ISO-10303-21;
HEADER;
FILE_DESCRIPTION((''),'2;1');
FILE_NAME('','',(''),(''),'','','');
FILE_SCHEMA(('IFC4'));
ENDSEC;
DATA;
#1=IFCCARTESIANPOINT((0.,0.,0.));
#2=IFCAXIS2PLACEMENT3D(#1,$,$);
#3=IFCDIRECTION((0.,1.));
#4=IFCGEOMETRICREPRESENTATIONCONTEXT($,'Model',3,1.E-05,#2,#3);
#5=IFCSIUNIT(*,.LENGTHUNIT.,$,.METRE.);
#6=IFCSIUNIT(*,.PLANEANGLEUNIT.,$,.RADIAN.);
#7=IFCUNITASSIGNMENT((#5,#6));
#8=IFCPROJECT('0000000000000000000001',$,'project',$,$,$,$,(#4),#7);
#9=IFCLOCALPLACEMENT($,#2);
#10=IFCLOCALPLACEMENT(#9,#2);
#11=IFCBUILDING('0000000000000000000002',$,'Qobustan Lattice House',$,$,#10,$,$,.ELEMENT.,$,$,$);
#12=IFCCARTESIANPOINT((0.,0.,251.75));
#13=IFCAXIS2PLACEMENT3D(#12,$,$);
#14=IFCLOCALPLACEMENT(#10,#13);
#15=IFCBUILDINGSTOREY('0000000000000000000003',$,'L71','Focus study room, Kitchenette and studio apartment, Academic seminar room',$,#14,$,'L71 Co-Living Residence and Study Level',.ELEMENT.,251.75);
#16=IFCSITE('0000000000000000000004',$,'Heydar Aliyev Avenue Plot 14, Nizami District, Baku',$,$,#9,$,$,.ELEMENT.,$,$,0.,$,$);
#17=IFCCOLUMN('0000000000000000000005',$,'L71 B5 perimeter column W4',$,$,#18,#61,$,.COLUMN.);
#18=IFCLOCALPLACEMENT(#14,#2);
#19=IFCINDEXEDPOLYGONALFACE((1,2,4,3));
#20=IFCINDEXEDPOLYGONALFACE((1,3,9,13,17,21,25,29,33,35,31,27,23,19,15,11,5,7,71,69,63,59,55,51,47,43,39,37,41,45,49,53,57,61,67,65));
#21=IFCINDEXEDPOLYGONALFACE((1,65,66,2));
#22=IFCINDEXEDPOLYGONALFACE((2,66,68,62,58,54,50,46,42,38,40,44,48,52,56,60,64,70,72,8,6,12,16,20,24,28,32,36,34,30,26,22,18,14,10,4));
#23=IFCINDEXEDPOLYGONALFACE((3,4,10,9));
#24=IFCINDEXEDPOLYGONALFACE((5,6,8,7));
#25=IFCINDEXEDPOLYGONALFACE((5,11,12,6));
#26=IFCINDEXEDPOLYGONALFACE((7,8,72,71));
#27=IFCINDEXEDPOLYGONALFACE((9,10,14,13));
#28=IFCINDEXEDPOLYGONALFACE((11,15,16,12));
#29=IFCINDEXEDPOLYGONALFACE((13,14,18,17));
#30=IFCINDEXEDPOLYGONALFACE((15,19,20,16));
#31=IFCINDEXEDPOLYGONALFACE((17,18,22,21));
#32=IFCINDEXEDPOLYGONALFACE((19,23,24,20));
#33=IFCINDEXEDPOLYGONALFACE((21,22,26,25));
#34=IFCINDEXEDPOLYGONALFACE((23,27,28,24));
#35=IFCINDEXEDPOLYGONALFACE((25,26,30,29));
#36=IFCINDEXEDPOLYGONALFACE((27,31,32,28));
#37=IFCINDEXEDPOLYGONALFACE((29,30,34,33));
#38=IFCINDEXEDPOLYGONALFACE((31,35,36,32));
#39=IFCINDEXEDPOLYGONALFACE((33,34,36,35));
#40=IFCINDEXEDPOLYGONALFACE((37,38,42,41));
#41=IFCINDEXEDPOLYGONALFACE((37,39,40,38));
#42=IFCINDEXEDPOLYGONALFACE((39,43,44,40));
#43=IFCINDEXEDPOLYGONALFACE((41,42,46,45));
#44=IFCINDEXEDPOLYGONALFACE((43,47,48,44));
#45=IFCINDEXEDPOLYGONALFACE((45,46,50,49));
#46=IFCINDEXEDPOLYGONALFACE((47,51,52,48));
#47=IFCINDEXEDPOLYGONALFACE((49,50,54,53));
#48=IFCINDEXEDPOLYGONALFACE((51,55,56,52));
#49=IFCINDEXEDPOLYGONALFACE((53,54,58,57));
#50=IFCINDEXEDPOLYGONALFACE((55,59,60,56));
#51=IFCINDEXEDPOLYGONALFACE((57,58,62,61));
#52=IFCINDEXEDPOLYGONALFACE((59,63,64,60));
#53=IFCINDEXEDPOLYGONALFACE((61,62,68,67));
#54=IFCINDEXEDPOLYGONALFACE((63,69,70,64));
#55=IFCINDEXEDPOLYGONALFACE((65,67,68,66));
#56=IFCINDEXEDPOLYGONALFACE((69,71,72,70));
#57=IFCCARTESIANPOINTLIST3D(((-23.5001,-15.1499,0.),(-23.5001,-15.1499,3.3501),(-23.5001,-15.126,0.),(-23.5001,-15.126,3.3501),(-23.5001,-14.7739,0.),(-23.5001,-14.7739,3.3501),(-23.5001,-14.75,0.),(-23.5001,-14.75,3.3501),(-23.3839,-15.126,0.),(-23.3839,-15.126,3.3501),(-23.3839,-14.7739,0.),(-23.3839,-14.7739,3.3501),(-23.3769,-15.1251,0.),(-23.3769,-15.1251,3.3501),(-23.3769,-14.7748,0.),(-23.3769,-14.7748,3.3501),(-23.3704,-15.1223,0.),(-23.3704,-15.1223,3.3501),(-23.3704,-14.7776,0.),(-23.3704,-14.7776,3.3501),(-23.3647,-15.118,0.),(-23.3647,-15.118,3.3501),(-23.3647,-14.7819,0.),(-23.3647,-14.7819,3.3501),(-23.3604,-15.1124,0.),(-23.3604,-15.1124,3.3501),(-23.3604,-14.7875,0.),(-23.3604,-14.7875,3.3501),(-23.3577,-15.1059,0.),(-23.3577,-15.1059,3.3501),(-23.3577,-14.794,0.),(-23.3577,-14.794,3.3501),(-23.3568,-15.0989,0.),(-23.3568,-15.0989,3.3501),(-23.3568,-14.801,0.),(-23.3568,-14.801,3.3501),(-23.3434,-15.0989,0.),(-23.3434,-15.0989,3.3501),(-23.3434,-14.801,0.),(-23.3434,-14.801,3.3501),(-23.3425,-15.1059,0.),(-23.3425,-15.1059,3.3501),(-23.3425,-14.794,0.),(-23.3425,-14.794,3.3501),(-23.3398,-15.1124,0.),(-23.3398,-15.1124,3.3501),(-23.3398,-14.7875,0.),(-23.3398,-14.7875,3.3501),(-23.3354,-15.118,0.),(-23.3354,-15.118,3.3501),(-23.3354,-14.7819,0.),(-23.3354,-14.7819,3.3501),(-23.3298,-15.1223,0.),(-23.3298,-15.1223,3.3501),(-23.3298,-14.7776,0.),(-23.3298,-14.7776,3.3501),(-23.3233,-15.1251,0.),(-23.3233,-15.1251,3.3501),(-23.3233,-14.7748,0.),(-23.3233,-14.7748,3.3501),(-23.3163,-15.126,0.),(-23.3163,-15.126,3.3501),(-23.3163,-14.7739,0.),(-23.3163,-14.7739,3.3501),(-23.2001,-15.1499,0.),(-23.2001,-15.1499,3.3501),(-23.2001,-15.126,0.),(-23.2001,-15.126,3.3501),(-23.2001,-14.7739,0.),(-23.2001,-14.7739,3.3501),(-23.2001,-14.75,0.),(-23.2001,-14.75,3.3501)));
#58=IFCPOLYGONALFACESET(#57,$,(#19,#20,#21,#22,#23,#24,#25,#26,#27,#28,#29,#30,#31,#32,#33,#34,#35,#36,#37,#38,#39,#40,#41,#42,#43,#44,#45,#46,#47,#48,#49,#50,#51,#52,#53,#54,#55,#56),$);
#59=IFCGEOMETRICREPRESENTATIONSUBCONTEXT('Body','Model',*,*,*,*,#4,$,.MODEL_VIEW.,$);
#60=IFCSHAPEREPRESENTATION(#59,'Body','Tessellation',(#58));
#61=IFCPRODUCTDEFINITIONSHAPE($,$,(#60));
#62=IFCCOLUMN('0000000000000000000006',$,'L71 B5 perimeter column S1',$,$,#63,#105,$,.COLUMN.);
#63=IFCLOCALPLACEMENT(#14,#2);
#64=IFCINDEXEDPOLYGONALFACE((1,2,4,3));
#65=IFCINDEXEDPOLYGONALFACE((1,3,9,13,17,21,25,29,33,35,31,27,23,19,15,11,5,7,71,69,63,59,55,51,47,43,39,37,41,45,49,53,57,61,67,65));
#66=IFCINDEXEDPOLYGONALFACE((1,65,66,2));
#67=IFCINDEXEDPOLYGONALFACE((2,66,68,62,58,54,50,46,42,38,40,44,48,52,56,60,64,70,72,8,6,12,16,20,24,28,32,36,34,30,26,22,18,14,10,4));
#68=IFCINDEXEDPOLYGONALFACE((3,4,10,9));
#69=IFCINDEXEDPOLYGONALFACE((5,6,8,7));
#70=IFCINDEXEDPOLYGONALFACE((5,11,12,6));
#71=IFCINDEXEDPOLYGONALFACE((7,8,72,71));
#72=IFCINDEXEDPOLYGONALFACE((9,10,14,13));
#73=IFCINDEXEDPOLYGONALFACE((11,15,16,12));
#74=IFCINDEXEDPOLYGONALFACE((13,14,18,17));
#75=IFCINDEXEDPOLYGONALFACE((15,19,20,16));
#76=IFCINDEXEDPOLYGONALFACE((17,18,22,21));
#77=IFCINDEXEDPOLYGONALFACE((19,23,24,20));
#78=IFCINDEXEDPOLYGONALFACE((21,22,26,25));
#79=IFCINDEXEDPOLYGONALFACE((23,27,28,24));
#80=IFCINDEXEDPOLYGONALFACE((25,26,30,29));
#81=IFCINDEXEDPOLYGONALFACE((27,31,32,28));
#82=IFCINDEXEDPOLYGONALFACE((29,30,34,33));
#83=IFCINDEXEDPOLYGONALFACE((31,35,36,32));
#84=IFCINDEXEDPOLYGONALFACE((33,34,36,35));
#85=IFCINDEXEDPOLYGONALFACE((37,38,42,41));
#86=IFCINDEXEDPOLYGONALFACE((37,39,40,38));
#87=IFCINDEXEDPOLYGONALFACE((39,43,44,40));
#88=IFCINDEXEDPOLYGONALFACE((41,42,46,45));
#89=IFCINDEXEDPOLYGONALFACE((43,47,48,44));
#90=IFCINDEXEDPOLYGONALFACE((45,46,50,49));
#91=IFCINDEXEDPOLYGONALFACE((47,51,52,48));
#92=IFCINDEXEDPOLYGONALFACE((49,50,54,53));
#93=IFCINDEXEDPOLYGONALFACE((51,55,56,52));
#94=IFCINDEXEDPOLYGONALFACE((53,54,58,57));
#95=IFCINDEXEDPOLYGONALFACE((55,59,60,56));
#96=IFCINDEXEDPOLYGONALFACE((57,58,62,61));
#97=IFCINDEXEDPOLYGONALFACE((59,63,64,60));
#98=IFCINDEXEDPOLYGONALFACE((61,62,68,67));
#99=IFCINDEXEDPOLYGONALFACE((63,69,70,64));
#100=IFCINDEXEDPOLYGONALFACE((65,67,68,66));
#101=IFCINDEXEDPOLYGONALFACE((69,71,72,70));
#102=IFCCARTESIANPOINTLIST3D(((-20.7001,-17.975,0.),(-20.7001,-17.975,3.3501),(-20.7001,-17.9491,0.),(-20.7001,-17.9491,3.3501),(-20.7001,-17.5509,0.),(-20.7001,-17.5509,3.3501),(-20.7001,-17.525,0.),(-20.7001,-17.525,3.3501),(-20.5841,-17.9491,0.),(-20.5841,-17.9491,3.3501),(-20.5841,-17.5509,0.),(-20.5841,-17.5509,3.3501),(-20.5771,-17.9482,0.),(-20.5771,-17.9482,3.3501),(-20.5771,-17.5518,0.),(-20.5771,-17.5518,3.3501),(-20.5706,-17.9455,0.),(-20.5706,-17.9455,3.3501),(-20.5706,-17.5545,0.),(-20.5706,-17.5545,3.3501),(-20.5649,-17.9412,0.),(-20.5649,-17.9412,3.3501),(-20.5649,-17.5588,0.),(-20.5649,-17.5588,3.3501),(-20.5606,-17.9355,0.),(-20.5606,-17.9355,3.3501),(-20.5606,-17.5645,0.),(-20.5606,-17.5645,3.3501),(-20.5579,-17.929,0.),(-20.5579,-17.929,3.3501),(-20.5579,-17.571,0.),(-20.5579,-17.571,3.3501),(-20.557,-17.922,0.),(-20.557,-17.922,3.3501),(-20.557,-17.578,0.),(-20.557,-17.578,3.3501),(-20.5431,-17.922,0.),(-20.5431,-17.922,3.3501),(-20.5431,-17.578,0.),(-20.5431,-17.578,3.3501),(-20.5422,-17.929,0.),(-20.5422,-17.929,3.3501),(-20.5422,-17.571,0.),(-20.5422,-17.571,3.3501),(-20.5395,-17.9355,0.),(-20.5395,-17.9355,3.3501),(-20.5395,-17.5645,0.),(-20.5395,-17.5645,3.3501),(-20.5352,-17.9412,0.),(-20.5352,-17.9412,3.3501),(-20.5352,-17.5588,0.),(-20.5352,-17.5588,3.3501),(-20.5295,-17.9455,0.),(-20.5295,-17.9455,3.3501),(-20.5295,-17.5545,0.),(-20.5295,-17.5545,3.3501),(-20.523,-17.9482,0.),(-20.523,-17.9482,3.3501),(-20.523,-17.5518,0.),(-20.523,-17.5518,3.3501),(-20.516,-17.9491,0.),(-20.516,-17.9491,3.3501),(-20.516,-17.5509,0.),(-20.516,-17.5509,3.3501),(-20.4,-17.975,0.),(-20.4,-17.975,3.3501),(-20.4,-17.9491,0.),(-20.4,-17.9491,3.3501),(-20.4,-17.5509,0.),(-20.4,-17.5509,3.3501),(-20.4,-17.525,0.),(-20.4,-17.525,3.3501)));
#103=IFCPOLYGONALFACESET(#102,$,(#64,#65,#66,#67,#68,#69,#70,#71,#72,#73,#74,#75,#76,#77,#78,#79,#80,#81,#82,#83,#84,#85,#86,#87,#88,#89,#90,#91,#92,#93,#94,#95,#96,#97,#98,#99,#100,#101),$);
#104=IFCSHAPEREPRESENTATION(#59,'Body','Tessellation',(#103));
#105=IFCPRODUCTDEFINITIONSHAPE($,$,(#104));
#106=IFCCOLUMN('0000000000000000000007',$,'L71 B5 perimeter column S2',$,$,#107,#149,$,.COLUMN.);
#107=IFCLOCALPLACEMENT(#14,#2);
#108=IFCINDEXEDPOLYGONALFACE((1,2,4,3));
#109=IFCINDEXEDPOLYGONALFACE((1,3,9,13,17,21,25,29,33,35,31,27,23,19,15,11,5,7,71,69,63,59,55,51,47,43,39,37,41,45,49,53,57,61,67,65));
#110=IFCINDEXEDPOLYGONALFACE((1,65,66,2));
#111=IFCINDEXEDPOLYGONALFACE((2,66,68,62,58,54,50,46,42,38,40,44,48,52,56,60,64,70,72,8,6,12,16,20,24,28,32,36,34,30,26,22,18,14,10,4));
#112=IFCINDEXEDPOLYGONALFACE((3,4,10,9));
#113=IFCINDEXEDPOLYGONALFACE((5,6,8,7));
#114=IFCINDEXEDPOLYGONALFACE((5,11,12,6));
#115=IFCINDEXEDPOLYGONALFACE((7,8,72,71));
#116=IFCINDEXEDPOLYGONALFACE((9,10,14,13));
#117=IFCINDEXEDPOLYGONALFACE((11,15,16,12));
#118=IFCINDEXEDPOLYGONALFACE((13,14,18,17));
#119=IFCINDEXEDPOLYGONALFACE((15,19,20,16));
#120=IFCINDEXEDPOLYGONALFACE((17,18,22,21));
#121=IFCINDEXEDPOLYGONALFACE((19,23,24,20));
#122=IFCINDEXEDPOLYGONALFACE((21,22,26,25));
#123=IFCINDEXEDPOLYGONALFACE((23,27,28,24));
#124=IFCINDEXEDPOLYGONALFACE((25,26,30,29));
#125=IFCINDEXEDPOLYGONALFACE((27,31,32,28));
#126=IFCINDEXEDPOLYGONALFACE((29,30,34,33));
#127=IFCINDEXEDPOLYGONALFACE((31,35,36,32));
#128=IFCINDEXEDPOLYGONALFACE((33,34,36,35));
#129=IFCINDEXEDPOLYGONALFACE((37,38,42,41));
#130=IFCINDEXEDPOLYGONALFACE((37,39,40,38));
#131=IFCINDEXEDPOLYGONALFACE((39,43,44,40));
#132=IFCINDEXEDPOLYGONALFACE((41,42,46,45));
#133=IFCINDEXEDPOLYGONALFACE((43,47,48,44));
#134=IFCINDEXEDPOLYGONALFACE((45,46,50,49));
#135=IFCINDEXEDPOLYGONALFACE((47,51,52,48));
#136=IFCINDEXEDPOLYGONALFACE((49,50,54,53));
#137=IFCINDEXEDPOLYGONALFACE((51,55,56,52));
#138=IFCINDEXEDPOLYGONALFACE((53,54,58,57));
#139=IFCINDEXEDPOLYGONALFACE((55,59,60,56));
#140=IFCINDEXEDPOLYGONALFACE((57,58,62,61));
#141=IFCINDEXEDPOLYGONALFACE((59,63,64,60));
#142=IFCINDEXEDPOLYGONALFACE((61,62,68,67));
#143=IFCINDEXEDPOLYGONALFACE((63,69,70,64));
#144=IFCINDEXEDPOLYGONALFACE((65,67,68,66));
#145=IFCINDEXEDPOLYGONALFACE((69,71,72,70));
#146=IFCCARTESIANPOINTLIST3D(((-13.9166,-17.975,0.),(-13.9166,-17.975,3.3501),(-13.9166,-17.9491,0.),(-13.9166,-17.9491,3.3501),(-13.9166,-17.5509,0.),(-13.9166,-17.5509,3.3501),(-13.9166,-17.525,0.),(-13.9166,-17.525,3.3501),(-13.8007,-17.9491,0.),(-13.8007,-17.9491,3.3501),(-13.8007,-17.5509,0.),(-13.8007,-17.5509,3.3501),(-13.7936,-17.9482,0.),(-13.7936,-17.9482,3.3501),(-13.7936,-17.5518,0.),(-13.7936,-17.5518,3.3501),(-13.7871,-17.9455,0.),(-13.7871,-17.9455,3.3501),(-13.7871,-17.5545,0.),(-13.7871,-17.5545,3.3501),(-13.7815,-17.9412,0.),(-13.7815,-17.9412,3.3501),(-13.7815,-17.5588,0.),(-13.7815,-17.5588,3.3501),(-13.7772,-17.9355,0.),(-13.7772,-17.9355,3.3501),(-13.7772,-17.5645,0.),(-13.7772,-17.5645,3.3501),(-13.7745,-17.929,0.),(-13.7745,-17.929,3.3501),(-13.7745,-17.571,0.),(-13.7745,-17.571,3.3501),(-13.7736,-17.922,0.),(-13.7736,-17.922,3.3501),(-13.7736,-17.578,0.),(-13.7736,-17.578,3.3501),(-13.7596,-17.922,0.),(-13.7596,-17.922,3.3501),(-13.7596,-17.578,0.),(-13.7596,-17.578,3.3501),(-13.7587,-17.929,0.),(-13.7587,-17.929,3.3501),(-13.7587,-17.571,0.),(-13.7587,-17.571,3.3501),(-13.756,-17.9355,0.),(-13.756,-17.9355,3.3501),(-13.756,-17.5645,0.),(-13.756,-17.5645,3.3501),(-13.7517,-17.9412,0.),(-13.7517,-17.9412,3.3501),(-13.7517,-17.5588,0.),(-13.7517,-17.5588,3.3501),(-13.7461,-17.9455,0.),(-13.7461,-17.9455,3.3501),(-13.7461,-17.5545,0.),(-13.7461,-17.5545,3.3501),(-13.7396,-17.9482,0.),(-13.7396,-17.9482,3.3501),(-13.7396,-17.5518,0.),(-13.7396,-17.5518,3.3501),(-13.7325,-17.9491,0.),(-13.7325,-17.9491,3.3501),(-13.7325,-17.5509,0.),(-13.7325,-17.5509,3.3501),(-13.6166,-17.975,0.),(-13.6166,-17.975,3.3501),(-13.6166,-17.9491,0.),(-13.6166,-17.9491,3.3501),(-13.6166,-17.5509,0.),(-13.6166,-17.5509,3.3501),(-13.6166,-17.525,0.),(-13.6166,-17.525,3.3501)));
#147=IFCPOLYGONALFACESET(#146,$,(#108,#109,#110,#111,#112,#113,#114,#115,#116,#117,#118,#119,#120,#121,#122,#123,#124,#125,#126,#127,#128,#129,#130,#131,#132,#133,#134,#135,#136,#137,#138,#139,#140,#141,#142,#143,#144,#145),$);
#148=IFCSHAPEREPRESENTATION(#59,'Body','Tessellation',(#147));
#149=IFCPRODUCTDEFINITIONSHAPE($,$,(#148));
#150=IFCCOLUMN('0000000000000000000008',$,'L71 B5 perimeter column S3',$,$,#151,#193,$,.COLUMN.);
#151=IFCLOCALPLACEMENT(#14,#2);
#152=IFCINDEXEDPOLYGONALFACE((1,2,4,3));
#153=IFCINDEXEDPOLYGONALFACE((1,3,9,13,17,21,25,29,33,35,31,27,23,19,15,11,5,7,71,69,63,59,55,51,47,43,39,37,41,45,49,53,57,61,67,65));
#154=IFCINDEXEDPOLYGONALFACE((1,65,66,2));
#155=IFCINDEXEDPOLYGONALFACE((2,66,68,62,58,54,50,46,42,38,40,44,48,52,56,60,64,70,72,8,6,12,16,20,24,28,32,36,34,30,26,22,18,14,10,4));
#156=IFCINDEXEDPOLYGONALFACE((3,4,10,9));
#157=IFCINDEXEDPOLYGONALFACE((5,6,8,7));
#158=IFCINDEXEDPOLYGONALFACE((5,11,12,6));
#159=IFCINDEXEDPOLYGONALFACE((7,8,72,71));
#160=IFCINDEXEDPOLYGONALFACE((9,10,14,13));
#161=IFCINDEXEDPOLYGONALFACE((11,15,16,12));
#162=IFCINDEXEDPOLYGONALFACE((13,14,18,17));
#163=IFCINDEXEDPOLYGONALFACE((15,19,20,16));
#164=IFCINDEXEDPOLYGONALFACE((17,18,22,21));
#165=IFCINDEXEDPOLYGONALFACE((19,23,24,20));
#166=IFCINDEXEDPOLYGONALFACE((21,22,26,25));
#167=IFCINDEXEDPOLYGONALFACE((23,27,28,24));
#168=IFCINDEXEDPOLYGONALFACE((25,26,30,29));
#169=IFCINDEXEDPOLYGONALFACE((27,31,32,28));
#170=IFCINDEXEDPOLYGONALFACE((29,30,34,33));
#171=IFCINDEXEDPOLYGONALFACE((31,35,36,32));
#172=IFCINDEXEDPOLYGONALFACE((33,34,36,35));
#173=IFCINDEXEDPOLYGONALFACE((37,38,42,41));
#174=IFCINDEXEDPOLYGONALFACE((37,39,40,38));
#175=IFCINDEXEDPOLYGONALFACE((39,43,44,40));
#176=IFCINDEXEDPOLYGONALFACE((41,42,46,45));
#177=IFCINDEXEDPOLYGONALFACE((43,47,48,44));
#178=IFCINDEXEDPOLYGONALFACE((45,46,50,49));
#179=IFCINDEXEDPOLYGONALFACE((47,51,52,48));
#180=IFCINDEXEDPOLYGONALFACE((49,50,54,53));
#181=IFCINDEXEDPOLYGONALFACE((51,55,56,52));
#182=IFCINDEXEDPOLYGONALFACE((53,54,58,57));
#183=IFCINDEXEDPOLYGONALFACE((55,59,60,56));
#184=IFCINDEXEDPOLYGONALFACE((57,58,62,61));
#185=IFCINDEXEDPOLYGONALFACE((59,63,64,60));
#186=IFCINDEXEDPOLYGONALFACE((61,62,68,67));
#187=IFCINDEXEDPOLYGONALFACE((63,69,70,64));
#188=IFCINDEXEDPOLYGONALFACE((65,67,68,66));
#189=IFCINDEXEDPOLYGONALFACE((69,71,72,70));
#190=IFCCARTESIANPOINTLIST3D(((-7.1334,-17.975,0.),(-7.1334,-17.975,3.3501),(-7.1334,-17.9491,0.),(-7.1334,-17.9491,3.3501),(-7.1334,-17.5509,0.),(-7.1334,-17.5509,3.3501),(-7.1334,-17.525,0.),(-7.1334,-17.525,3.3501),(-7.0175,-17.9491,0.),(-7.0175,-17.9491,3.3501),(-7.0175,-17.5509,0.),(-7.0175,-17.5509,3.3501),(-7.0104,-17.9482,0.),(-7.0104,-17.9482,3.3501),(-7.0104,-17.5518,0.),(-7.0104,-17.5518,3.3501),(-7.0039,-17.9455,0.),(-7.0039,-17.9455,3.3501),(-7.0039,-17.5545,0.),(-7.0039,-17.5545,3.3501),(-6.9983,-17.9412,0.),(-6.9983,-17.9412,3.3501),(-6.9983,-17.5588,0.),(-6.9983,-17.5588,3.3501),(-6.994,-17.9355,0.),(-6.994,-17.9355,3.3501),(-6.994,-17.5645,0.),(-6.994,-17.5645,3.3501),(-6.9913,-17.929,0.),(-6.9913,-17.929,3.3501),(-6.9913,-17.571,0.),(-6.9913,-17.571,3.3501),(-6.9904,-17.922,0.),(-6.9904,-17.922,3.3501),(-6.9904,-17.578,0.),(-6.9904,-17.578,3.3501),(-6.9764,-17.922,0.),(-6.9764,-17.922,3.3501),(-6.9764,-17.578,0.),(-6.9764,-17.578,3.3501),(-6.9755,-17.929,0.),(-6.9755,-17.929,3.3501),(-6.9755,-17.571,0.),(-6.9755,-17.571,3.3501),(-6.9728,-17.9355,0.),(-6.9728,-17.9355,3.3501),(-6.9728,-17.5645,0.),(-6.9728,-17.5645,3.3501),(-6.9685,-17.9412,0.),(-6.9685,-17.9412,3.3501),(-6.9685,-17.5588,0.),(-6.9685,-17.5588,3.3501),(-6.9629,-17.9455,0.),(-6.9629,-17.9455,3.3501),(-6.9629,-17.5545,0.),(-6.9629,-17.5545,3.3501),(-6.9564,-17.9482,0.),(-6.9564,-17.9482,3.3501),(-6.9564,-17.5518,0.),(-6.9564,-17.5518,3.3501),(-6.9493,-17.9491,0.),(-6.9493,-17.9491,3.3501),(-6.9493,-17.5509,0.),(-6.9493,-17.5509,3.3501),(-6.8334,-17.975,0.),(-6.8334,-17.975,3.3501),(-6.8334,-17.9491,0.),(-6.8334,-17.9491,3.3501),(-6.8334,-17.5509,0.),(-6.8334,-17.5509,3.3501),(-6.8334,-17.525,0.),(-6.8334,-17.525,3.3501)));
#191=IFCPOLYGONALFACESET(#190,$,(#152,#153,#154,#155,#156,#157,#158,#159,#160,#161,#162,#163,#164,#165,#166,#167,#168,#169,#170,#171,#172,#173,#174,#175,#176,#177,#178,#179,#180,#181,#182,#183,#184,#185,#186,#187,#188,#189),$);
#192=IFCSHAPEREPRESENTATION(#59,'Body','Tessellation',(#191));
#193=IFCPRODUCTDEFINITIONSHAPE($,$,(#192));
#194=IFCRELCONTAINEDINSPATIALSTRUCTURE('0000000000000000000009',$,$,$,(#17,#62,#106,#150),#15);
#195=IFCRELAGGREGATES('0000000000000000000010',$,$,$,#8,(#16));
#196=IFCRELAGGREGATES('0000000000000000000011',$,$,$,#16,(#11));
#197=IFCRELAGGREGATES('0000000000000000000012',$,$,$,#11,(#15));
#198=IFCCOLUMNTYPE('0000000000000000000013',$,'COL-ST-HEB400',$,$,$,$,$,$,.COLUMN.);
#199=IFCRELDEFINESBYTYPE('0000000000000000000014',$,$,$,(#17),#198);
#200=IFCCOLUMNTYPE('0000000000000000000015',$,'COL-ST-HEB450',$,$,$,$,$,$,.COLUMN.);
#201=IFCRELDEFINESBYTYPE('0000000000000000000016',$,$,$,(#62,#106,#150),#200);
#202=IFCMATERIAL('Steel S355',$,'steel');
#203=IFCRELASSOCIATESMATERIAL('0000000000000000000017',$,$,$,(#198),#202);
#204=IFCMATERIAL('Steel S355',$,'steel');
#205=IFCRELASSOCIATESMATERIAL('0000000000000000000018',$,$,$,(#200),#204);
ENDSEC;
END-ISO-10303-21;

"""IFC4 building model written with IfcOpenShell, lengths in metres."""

from ifc_helpers import new_model, si_unit, direction, frame, origin, origin_2d, place, context, subcontext, project, spatial, i_section, extrude, material, material_profile, profile_set, type_object, element, save


model = new_model("IFC4")

# Units and contexts
model_context = context("Model", 3, precision=1e-05, world=origin(), true_north=direction((0.0, 1.0)))
body_context = subcontext(model_context, "Body", "Model", "MODEL_VIEW")
ifc_project = project(units=[si_unit("LENGTHUNIT", "METRE"), si_unit("PLANEANGLEUNIT", "RADIAN")], contexts=[model_context])

# Site, building, storey
site_placement = place(None, origin())
site = spatial("IfcSite", under=ifc_project, at=site_placement, Name="Heydar Aliyev Avenue Plot 14, Nizami District, Baku", CompositionType="ELEMENT", RefElevation=0.0)
building_placement = place(site_placement, origin())
building = spatial("IfcBuilding", under=site, at=building_placement, Name="Qobustan Lattice House", CompositionType="ELEMENT")
storey_placement = place(building_placement, frame((0.0, 0.0, 251.75)))
storey = spatial("IfcBuildingStorey", under=building, at=storey_placement, Name="L71", Description="Focus study room, Kitchenette and studio apartment, Academic seminar room", LongName="L71 Co-Living Residence and Study Level", CompositionType="ELEMENT", Elevation=251.75)

# Columns
ifc_material_1 = material(Name="Steel S355", Category="steel")
ifc_material_profile_1 = material_profile(ifc_material_1, i_section(OverallWidth=0.3, OverallDepth=0.3999, WebThickness=0.0134, FlangeThickness=0.0239, FilletRadius=0.0271, at=origin_2d()), Name="HEB400")
ifc_profile_set_1 = profile_set([ifc_material_profile_1], Name="Steel S355")
column_type_1 = type_object("IfcColumnType", Name="COL-ST-HEB400", PredefinedType="COLUMN", material=ifc_profile_set_1)
column_placement = place(storey_placement, frame((-23.3501, -14.95, 0.0), z_axis=(0.0, 0.0, 1.0), x_axis=(1.0, 0.0, 0.0)))
element("IfcColumn", 1, at=column_placement, inside=storey, type_object=column_type_1, Name="L71 B5 perimeter column W4", PredefinedType="COLUMN", context=body_context, shape_type="SweptSolid", body=[
    extrude(i_section(OverallWidth=0.3, OverallDepth=0.3999, WebThickness=0.0134, FlangeThickness=0.0239, FilletRadius=0.0271, at=origin_2d()), origin(), (0.0, 0.0, 1.0), 3.3501),
])
ifc_material_2 = material(Name="Steel S355", Category="steel")
ifc_material_profile_2 = material_profile(ifc_material_2, i_section(OverallWidth=0.3, OverallDepth=0.45, WebThickness=0.0139, FlangeThickness=0.0259, FilletRadius=0.0271, at=origin_2d()), Name="HEB450")
ifc_profile_set_2 = profile_set([ifc_material_profile_2], Name="Steel S355")
column_type_2 = type_object("IfcColumnType", Name="COL-ST-HEB450", PredefinedType="COLUMN", material=ifc_profile_set_2)
for number, where, z_axis, x_axis, name in (
    (2, (-20.55, -17.75, 0.0), (0.0, 0.0, 1.0), (1.0, 0.0, 0.0), "L71 B5 perimeter column S1"),
    (3, (-13.7666, -17.75, 0.0), (0.0, 0.0, 1.0), (1.0, 0.0, 0.0), "L71 B5 perimeter column S2"),
    (4, (-6.9834, -17.75, 0.0), (0.0, 0.0, 1.0), (1.0, 0.0, 0.0), "L71 B5 perimeter column S3"),
):
    element("IfcColumn", number, at=place(storey_placement, frame(where, z_axis=z_axis, x_axis=x_axis)), inside=storey, type_object=column_type_2, Name=name, PredefinedType="COLUMN", context=body_context, shape_type="SweptSolid", body=[
        extrude(i_section(OverallWidth=0.3, OverallDepth=0.45, WebThickness=0.0139, FlangeThickness=0.0259, FilletRadius=0.0271, at=origin_2d()), origin(), (0.0, 0.0, 1.0), 3.3501),
    ])

save(model, "model.ifc")
